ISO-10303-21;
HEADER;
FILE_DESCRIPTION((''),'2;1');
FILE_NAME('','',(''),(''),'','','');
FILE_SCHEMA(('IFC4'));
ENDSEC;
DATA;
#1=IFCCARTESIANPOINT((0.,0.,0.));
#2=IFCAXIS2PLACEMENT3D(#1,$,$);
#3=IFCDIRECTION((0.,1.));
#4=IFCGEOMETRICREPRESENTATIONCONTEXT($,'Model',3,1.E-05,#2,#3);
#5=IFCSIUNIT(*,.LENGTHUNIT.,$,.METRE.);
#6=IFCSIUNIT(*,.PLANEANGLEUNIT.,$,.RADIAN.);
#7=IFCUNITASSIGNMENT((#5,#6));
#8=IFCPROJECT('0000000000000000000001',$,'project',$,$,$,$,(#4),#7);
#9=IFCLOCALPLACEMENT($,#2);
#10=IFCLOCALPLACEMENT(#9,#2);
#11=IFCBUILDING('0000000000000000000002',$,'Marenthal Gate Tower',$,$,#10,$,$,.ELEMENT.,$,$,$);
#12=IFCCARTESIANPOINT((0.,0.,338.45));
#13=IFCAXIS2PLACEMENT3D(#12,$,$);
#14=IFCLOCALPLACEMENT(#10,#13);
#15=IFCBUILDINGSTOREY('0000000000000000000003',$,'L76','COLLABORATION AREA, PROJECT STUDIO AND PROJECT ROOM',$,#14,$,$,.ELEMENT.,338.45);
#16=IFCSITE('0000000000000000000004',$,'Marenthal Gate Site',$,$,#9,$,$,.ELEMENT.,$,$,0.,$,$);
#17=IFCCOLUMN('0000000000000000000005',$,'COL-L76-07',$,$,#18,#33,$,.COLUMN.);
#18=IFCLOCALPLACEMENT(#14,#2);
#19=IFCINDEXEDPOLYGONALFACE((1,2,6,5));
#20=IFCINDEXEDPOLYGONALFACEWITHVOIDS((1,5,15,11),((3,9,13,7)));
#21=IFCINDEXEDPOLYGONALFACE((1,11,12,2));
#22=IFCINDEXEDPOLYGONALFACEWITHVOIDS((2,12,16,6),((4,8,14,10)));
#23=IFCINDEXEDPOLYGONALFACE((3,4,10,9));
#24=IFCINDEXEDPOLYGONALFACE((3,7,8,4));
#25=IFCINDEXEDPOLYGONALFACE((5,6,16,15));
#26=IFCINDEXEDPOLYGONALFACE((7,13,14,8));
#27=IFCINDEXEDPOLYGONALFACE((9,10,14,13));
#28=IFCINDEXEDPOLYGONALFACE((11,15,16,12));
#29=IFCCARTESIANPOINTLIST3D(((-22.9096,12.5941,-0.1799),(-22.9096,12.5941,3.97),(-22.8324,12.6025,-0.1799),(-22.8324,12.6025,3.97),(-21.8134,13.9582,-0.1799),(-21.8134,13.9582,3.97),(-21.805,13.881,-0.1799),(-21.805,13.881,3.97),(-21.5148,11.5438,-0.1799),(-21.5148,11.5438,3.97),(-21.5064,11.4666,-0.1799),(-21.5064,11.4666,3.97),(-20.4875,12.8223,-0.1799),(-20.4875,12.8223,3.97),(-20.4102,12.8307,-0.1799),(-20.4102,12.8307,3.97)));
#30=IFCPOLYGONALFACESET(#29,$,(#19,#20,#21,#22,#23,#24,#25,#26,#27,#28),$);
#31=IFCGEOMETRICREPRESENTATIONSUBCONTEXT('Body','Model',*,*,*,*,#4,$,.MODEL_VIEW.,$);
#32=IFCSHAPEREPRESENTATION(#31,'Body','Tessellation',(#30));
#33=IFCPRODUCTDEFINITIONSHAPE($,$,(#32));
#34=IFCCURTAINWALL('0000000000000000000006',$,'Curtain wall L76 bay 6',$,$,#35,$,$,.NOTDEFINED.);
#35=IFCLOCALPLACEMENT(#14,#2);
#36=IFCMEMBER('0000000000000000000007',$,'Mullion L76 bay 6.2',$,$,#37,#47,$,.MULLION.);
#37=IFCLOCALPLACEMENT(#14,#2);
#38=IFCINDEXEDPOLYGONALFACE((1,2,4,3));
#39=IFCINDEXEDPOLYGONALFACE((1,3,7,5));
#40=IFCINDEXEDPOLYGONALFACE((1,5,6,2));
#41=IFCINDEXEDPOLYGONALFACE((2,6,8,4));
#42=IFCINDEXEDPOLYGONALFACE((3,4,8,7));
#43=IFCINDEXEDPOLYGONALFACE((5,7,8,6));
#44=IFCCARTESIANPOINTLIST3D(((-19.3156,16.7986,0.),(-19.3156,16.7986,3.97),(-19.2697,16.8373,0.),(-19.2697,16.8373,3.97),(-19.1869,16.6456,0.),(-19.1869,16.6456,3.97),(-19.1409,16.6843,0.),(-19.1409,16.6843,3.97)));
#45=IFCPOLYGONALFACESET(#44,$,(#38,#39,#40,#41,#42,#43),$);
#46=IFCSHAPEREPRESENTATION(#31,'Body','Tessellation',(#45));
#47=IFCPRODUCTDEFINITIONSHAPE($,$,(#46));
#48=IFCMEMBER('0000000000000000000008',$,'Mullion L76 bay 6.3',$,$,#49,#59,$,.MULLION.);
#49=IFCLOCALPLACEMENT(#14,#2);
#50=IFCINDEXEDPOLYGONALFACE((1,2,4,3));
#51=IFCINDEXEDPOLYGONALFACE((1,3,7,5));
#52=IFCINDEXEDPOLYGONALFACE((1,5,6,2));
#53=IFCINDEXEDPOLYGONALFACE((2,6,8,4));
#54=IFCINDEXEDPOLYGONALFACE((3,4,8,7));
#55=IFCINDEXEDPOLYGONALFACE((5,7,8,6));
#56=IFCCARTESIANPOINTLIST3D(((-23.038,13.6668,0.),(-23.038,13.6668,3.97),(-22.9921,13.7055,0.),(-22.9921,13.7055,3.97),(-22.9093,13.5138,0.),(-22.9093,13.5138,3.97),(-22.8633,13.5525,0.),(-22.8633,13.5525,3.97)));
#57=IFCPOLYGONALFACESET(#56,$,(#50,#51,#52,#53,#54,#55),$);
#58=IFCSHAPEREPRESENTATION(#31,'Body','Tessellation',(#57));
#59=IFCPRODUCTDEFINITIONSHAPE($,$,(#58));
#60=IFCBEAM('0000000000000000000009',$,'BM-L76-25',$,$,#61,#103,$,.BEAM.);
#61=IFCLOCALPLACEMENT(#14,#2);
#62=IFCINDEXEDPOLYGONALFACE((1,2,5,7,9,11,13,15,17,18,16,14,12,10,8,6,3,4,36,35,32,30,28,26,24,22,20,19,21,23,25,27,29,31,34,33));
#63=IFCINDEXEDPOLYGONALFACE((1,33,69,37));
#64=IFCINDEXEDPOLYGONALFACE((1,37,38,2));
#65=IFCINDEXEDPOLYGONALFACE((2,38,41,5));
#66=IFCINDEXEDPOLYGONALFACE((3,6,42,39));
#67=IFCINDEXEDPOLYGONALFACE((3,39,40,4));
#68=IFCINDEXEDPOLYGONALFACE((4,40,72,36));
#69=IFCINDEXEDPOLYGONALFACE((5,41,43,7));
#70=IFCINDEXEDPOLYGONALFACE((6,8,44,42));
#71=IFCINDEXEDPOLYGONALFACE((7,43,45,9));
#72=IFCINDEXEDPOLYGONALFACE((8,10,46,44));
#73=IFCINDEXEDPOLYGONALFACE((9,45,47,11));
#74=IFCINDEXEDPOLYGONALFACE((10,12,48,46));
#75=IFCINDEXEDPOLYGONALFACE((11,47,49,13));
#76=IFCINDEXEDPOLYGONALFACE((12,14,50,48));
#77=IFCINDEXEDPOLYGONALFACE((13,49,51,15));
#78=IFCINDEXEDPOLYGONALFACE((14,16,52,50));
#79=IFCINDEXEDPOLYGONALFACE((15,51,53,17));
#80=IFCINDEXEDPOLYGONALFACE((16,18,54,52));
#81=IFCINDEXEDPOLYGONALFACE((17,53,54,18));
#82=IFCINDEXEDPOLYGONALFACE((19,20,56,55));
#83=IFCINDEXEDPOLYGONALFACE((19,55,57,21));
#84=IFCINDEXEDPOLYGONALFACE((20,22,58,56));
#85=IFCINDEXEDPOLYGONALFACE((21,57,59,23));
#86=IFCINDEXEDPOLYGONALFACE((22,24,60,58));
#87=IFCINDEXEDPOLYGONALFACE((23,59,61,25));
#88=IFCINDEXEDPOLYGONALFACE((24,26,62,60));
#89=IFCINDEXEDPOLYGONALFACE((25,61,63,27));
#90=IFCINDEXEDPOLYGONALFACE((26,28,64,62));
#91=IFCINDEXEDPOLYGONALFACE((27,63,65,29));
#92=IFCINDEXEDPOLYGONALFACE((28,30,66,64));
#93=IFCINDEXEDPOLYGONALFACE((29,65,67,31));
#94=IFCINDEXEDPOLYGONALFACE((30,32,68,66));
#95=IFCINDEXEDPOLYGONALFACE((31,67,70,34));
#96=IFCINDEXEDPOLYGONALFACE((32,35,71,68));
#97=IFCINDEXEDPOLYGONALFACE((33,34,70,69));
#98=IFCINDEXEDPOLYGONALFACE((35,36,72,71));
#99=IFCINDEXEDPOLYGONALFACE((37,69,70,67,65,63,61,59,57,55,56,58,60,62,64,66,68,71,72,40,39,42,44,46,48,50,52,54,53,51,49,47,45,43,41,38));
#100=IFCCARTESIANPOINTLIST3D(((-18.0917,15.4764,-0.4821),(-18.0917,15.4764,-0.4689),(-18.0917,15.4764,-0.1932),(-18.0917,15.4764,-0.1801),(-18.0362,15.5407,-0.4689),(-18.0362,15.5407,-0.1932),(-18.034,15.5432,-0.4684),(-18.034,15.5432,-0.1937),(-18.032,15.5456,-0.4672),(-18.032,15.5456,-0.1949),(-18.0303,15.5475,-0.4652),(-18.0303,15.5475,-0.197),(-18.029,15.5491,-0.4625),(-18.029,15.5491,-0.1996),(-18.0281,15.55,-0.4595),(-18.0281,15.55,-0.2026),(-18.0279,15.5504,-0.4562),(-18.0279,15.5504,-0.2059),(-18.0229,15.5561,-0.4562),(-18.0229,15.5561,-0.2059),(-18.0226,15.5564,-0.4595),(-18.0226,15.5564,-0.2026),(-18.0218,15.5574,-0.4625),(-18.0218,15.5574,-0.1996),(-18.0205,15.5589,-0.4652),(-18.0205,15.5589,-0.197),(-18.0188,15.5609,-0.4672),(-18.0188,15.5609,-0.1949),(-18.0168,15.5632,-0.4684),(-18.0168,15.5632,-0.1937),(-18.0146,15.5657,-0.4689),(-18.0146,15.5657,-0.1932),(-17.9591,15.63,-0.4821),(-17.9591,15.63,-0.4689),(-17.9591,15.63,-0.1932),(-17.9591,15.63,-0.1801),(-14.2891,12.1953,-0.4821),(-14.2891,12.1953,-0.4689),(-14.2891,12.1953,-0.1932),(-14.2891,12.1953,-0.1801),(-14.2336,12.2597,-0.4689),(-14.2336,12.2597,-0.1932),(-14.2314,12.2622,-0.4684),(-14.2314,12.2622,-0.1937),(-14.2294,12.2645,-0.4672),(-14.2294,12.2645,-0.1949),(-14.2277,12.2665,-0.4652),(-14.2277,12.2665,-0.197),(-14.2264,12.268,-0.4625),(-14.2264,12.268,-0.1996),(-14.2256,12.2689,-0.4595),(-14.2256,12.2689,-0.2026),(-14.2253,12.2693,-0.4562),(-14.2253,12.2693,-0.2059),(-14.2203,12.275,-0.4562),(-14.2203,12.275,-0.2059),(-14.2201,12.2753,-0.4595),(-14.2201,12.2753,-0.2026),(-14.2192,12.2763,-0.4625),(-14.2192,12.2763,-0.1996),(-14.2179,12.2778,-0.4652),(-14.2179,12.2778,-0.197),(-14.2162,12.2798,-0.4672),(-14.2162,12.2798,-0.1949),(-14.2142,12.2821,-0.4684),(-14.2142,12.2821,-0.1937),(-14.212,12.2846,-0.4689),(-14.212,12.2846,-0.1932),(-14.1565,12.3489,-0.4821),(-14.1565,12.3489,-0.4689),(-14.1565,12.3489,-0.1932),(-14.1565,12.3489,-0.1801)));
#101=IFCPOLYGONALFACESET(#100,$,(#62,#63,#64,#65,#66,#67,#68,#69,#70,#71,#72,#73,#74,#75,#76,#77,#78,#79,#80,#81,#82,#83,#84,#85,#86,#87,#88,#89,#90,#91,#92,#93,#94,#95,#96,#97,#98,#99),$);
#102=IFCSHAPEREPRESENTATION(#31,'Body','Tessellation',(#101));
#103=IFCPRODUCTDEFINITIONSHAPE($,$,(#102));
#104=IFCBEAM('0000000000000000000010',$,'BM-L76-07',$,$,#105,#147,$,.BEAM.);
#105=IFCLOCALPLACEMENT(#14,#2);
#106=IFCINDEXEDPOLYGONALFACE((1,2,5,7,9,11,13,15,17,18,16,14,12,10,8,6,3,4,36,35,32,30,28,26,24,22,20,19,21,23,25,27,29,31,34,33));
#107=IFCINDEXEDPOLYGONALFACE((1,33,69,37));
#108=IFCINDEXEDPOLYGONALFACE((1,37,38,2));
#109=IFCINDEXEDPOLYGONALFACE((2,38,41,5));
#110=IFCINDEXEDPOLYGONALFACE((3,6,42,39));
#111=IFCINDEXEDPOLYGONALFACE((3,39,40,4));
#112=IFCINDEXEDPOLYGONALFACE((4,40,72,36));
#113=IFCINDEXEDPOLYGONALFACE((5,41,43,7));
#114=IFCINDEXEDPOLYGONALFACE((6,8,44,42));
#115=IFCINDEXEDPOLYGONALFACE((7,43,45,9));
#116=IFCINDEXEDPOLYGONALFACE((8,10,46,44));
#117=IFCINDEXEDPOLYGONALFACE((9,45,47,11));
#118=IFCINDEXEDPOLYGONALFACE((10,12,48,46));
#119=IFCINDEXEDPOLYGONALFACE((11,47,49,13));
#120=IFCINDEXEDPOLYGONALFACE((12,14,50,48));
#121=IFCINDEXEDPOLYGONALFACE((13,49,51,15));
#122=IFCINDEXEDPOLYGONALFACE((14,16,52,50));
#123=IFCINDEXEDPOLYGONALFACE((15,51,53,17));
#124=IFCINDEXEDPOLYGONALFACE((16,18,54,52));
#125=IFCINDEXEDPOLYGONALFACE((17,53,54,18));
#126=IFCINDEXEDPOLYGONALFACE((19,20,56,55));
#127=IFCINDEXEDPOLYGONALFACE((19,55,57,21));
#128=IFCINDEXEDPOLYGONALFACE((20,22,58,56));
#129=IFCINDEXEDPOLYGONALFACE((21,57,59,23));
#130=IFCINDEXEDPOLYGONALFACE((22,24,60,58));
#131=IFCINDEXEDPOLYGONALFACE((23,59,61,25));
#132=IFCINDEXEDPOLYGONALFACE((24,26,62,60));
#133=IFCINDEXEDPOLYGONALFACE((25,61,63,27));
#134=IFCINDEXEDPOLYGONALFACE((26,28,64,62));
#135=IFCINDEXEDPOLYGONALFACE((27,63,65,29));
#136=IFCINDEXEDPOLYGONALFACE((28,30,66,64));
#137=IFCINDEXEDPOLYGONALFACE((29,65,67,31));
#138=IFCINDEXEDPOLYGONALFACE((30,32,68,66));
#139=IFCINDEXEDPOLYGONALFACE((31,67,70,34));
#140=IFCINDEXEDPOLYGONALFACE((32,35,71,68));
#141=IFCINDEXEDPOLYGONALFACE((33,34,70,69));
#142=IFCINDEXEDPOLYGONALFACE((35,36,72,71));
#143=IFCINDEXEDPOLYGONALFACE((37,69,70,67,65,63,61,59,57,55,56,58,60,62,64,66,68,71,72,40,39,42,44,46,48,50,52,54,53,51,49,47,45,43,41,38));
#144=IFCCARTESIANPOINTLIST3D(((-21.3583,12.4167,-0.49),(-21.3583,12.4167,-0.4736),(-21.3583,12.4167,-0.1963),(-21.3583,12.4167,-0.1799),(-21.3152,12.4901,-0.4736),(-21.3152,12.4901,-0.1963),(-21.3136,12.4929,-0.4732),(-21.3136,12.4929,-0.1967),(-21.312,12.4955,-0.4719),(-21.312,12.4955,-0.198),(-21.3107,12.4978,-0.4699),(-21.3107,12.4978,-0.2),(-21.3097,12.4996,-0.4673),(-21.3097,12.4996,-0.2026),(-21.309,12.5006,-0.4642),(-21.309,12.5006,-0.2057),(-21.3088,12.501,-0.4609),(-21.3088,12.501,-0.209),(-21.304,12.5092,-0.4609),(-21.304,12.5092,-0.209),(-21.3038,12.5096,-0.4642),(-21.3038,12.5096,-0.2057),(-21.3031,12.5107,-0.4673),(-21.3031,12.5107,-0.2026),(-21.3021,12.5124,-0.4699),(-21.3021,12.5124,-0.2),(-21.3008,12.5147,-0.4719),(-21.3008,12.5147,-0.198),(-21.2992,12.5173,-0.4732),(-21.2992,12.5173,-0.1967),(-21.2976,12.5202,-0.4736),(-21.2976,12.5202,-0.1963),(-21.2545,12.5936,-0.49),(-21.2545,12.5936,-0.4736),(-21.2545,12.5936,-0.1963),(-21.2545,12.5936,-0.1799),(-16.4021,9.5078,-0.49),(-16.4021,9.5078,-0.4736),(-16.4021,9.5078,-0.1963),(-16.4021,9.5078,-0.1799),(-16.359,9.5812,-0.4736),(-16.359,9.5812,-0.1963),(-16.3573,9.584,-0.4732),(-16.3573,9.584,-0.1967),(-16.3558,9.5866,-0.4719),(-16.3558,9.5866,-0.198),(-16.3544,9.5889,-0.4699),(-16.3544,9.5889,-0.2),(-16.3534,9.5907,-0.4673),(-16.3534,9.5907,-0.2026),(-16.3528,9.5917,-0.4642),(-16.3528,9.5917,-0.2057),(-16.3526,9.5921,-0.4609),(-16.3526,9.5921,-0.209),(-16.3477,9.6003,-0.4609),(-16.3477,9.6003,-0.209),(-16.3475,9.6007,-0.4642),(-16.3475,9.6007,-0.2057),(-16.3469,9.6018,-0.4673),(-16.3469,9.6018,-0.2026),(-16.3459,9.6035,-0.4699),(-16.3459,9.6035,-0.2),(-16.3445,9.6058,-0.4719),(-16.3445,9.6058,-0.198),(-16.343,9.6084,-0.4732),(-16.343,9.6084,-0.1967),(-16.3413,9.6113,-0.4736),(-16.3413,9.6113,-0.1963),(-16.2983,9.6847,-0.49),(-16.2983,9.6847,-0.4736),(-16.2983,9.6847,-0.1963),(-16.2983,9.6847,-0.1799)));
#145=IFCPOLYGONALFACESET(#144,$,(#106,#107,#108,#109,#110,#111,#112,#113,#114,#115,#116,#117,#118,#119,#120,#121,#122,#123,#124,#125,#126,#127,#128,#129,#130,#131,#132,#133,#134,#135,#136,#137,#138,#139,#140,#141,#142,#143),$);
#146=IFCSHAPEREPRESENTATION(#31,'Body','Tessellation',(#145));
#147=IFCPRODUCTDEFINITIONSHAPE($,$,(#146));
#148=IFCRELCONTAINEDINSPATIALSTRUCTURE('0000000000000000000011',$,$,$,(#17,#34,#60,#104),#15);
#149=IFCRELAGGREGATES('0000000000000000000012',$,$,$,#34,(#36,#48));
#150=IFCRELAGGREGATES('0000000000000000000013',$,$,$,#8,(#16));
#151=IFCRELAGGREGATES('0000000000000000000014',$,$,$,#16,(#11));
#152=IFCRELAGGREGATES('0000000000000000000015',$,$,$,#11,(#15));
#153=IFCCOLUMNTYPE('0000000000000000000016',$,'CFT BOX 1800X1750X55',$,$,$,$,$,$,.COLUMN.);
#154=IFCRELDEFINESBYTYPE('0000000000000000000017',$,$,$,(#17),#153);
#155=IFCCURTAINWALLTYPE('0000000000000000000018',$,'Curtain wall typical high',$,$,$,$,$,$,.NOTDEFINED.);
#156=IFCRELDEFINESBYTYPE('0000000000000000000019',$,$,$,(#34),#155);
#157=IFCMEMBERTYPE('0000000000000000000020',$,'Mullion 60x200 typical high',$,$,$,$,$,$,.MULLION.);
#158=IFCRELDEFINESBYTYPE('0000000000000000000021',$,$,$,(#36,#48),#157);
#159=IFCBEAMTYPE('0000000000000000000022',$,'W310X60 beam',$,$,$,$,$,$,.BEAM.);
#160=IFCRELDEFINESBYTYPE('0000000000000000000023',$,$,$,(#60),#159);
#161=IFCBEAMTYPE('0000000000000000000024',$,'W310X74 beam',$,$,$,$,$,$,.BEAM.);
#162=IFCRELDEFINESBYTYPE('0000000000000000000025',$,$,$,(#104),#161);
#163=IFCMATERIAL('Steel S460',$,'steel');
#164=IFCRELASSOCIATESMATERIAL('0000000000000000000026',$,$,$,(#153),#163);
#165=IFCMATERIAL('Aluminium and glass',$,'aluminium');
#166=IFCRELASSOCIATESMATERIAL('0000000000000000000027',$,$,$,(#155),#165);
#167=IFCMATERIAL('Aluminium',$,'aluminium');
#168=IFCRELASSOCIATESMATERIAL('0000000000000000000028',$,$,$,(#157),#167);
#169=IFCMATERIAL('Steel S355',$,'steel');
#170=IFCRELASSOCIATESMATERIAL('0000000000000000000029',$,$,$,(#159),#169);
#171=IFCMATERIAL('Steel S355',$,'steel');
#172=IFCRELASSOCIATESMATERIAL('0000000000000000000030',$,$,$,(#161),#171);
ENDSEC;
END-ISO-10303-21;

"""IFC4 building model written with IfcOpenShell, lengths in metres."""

from ifc_helpers import new_model, si_unit, direction, frame, origin, origin_2d, place, context, subcontext, project, spatial, rectangle, hollow_rectangle, i_section, extrude, material, material_profile, profile_set, type_object, element, aggregate, save


model = new_model("IFC4")

# Units and contexts
model_context = context("Model", 3, precision=1e-05, world=origin(), true_north=direction((0.0, 1.0)))
body_context = subcontext(model_context, "Body", "Model", "MODEL_VIEW")
ifc_project = project(units=[si_unit("LENGTHUNIT", "METRE"), si_unit("PLANEANGLEUNIT", "RADIAN")], contexts=[model_context])

# Site, building, storey
site_placement = place(None, origin())
site = spatial("IfcSite", under=ifc_project, at=site_placement, Name="Marenthal Gate Site", CompositionType="ELEMENT", RefElevation=0.0)
building_placement = place(site_placement, origin())
building = spatial("IfcBuilding", under=site, at=building_placement, Name="Marenthal Gate Tower", CompositionType="ELEMENT")
storey_placement = place(building_placement, frame((0.0, 0.0, 338.45)))
storey = spatial("IfcBuildingStorey", under=building, at=storey_placement, Name="L76", Description="COLLABORATION AREA, PROJECT STUDIO AND PROJECT ROOM", CompositionType="ELEMENT", Elevation=338.45)

# Column
ifc_material_1 = material(Name="Steel S460", Category="steel")
ifc_material_profile_1 = material_profile(ifc_material_1, hollow_rectangle(XDim=1.75, YDim=1.8, WallThickness=0.0549, at=origin_2d()), Name="CFT BOX 1800X1750X55")
ifc_material_2 = material(Name="Concrete 70 MPa", Category="concrete")
ifc_material_profile_2 = material_profile(ifc_material_2, rectangle(XDim=1.6399, YDim=1.6899, at=origin_2d()), Name="CFT BOX 1800X1750X55 INFILL")
ifc_profile_set_1 = profile_set([ifc_material_profile_1, ifc_material_profile_2], Name="Steel S460 shell, Concrete 70 MPa infill")
column_type = type_object("IfcColumnType", Name="CFT BOX 1800X1750X55", PredefinedType="COLUMN", material=ifc_profile_set_1)
column_placement = place(storey_placement, frame((-21.6599, 12.7124, -0.1799), z_axis=(0.0, 0.0, 1.0), x_axis=(0.626371, 0.779525, 0.0)))
element("IfcColumn", 1, at=column_placement, inside=storey, type_object=column_type, Name="COL-L76-07", PredefinedType="COLUMN", context=body_context, shape_type="SweptSolid", body=[
    extrude(hollow_rectangle(XDim=1.75, YDim=1.8, WallThickness=0.0549, at=origin_2d()), origin(), (0.0, 0.0, 1.0), 4.1499),
])

# Curtain wall, members
ifc_material_3 = material(Name="Aluminium and glass", Category="aluminium")
curtain_wall_type = type_object("IfcCurtainWallType", Name="Curtain wall typical high", PredefinedType="NOTDEFINED", material=ifc_material_3)
curtain_wall_placement = place(storey_placement, origin())
curtain_wall = element("IfcCurtainWall", 2, at=curtain_wall_placement, inside=storey, type_object=curtain_wall_type, Name="Curtain wall L76 bay 6", PredefinedType="NOTDEFINED")
ifc_material_4 = material(Name="Aluminium", Category="aluminium")
ifc_material_profile_3 = material_profile(ifc_material_4, rectangle(XDim=0.2, YDim=0.0601, at=origin_2d()), Name="60x200 aluminium mullion")
ifc_profile_set_2 = profile_set([ifc_material_profile_3], Name="Aluminium")
member_type = type_object("IfcMemberType", Name="Mullion 60x200 typical high", PredefinedType="MULLION", material=ifc_profile_set_2)
member_1_placement = place(storey_placement, frame((-19.2283, 16.7415, 0.0), z_axis=(0.0, 0.0, 1.0), x_axis=(0.643801, -0.765193, 0.0)))
member_1 = element("IfcMember", 3, at=member_1_placement, type_object=member_type, Name="Mullion L76 bay 6.2", PredefinedType="MULLION", context=body_context, shape_type="SweptSolid", body=[
    extrude(rectangle(XDim=0.2, YDim=0.0601, at=origin_2d()), origin(), (0.0, 0.0, 1.0), 3.97),
])
member_2_placement = place(storey_placement, frame((-22.9507, 13.6096, 0.0), z_axis=(0.0, 0.0, 1.0), x_axis=(0.643801, -0.765193, 0.0)))
member_2 = element("IfcMember", 4, at=member_2_placement, type_object=member_type, Name="Mullion L76 bay 6.3", PredefinedType="MULLION", context=body_context, shape_type="SweptSolid", body=[
    extrude(rectangle(XDim=0.2, YDim=0.0601, at=origin_2d()), origin(), (0.0, 0.0, 1.0), 3.97),
])

# Beams
ifc_material_5 = material(Name="Steel S355", Category="steel")
ifc_material_profile_4 = material_profile(ifc_material_5, i_section(OverallWidth=0.2029, OverallDepth=0.302, WebThickness=0.0076, FlangeThickness=0.0132, FilletRadius=0.0127, at=origin_2d()), Name="W310X60")
ifc_profile_set_3 = profile_set([ifc_material_profile_4], Name="Steel S355")
beam_type_1 = type_object("IfcBeamType", Name="W310X60 beam", PredefinedType="BEAM", material=ifc_profile_set_3)
beam_1_placement = place(storey_placement, frame((-18.0254, 15.5532, -0.3311), z_axis=(0.757115, -0.653282, 0.0), x_axis=(0.653282, 0.757115, 0.0)))
element("IfcBeam", 5, at=beam_1_placement, inside=storey, type_object=beam_type_1, Name="BM-L76-25", PredefinedType="BEAM", context=body_context, shape_type="SweptSolid", body=[
    extrude(i_section(OverallWidth=0.2029, OverallDepth=0.302, WebThickness=0.0076, FlangeThickness=0.0132, FilletRadius=0.0127, at=origin_2d()), origin(), (0.0, 0.0, 1.0), 5.0225),
])
ifc_material_6 = material(Name="Steel S355", Category="steel")
ifc_material_profile_5 = material_profile(ifc_material_6, i_section(OverallWidth=0.2051, OverallDepth=0.3101, WebThickness=0.0095, FlangeThickness=0.0164, FilletRadius=0.0127, at=origin_2d()), Name="W310X74")
ifc_profile_set_4 = profile_set([ifc_material_profile_5], Name="Steel S355")
beam_type_2 = type_object("IfcBeamType", Name="W310X74 beam", PredefinedType="BEAM", material=ifc_profile_set_4)
beam_2_placement = place(storey_placement, frame((-21.3064, 12.5051, -0.335), z_axis=(0.862431, -0.506175, 0.0), x_axis=(0.506175, 0.862431, 0.0)))
element("IfcBeam", 6, at=beam_2_placement, inside=storey, type_object=beam_type_2, Name="BM-L76-07", PredefinedType="BEAM", context=body_context, shape_type="SweptSolid", body=[
    extrude(i_section(OverallWidth=0.2051, OverallDepth=0.3101, WebThickness=0.0095, FlangeThickness=0.0164, FilletRadius=0.0127, at=origin_2d()), origin(), (0.0, 0.0, 1.0), 5.7468),
])

aggregate(curtain_wall, [member_1, member_2])

save(model, "model.ifc")
